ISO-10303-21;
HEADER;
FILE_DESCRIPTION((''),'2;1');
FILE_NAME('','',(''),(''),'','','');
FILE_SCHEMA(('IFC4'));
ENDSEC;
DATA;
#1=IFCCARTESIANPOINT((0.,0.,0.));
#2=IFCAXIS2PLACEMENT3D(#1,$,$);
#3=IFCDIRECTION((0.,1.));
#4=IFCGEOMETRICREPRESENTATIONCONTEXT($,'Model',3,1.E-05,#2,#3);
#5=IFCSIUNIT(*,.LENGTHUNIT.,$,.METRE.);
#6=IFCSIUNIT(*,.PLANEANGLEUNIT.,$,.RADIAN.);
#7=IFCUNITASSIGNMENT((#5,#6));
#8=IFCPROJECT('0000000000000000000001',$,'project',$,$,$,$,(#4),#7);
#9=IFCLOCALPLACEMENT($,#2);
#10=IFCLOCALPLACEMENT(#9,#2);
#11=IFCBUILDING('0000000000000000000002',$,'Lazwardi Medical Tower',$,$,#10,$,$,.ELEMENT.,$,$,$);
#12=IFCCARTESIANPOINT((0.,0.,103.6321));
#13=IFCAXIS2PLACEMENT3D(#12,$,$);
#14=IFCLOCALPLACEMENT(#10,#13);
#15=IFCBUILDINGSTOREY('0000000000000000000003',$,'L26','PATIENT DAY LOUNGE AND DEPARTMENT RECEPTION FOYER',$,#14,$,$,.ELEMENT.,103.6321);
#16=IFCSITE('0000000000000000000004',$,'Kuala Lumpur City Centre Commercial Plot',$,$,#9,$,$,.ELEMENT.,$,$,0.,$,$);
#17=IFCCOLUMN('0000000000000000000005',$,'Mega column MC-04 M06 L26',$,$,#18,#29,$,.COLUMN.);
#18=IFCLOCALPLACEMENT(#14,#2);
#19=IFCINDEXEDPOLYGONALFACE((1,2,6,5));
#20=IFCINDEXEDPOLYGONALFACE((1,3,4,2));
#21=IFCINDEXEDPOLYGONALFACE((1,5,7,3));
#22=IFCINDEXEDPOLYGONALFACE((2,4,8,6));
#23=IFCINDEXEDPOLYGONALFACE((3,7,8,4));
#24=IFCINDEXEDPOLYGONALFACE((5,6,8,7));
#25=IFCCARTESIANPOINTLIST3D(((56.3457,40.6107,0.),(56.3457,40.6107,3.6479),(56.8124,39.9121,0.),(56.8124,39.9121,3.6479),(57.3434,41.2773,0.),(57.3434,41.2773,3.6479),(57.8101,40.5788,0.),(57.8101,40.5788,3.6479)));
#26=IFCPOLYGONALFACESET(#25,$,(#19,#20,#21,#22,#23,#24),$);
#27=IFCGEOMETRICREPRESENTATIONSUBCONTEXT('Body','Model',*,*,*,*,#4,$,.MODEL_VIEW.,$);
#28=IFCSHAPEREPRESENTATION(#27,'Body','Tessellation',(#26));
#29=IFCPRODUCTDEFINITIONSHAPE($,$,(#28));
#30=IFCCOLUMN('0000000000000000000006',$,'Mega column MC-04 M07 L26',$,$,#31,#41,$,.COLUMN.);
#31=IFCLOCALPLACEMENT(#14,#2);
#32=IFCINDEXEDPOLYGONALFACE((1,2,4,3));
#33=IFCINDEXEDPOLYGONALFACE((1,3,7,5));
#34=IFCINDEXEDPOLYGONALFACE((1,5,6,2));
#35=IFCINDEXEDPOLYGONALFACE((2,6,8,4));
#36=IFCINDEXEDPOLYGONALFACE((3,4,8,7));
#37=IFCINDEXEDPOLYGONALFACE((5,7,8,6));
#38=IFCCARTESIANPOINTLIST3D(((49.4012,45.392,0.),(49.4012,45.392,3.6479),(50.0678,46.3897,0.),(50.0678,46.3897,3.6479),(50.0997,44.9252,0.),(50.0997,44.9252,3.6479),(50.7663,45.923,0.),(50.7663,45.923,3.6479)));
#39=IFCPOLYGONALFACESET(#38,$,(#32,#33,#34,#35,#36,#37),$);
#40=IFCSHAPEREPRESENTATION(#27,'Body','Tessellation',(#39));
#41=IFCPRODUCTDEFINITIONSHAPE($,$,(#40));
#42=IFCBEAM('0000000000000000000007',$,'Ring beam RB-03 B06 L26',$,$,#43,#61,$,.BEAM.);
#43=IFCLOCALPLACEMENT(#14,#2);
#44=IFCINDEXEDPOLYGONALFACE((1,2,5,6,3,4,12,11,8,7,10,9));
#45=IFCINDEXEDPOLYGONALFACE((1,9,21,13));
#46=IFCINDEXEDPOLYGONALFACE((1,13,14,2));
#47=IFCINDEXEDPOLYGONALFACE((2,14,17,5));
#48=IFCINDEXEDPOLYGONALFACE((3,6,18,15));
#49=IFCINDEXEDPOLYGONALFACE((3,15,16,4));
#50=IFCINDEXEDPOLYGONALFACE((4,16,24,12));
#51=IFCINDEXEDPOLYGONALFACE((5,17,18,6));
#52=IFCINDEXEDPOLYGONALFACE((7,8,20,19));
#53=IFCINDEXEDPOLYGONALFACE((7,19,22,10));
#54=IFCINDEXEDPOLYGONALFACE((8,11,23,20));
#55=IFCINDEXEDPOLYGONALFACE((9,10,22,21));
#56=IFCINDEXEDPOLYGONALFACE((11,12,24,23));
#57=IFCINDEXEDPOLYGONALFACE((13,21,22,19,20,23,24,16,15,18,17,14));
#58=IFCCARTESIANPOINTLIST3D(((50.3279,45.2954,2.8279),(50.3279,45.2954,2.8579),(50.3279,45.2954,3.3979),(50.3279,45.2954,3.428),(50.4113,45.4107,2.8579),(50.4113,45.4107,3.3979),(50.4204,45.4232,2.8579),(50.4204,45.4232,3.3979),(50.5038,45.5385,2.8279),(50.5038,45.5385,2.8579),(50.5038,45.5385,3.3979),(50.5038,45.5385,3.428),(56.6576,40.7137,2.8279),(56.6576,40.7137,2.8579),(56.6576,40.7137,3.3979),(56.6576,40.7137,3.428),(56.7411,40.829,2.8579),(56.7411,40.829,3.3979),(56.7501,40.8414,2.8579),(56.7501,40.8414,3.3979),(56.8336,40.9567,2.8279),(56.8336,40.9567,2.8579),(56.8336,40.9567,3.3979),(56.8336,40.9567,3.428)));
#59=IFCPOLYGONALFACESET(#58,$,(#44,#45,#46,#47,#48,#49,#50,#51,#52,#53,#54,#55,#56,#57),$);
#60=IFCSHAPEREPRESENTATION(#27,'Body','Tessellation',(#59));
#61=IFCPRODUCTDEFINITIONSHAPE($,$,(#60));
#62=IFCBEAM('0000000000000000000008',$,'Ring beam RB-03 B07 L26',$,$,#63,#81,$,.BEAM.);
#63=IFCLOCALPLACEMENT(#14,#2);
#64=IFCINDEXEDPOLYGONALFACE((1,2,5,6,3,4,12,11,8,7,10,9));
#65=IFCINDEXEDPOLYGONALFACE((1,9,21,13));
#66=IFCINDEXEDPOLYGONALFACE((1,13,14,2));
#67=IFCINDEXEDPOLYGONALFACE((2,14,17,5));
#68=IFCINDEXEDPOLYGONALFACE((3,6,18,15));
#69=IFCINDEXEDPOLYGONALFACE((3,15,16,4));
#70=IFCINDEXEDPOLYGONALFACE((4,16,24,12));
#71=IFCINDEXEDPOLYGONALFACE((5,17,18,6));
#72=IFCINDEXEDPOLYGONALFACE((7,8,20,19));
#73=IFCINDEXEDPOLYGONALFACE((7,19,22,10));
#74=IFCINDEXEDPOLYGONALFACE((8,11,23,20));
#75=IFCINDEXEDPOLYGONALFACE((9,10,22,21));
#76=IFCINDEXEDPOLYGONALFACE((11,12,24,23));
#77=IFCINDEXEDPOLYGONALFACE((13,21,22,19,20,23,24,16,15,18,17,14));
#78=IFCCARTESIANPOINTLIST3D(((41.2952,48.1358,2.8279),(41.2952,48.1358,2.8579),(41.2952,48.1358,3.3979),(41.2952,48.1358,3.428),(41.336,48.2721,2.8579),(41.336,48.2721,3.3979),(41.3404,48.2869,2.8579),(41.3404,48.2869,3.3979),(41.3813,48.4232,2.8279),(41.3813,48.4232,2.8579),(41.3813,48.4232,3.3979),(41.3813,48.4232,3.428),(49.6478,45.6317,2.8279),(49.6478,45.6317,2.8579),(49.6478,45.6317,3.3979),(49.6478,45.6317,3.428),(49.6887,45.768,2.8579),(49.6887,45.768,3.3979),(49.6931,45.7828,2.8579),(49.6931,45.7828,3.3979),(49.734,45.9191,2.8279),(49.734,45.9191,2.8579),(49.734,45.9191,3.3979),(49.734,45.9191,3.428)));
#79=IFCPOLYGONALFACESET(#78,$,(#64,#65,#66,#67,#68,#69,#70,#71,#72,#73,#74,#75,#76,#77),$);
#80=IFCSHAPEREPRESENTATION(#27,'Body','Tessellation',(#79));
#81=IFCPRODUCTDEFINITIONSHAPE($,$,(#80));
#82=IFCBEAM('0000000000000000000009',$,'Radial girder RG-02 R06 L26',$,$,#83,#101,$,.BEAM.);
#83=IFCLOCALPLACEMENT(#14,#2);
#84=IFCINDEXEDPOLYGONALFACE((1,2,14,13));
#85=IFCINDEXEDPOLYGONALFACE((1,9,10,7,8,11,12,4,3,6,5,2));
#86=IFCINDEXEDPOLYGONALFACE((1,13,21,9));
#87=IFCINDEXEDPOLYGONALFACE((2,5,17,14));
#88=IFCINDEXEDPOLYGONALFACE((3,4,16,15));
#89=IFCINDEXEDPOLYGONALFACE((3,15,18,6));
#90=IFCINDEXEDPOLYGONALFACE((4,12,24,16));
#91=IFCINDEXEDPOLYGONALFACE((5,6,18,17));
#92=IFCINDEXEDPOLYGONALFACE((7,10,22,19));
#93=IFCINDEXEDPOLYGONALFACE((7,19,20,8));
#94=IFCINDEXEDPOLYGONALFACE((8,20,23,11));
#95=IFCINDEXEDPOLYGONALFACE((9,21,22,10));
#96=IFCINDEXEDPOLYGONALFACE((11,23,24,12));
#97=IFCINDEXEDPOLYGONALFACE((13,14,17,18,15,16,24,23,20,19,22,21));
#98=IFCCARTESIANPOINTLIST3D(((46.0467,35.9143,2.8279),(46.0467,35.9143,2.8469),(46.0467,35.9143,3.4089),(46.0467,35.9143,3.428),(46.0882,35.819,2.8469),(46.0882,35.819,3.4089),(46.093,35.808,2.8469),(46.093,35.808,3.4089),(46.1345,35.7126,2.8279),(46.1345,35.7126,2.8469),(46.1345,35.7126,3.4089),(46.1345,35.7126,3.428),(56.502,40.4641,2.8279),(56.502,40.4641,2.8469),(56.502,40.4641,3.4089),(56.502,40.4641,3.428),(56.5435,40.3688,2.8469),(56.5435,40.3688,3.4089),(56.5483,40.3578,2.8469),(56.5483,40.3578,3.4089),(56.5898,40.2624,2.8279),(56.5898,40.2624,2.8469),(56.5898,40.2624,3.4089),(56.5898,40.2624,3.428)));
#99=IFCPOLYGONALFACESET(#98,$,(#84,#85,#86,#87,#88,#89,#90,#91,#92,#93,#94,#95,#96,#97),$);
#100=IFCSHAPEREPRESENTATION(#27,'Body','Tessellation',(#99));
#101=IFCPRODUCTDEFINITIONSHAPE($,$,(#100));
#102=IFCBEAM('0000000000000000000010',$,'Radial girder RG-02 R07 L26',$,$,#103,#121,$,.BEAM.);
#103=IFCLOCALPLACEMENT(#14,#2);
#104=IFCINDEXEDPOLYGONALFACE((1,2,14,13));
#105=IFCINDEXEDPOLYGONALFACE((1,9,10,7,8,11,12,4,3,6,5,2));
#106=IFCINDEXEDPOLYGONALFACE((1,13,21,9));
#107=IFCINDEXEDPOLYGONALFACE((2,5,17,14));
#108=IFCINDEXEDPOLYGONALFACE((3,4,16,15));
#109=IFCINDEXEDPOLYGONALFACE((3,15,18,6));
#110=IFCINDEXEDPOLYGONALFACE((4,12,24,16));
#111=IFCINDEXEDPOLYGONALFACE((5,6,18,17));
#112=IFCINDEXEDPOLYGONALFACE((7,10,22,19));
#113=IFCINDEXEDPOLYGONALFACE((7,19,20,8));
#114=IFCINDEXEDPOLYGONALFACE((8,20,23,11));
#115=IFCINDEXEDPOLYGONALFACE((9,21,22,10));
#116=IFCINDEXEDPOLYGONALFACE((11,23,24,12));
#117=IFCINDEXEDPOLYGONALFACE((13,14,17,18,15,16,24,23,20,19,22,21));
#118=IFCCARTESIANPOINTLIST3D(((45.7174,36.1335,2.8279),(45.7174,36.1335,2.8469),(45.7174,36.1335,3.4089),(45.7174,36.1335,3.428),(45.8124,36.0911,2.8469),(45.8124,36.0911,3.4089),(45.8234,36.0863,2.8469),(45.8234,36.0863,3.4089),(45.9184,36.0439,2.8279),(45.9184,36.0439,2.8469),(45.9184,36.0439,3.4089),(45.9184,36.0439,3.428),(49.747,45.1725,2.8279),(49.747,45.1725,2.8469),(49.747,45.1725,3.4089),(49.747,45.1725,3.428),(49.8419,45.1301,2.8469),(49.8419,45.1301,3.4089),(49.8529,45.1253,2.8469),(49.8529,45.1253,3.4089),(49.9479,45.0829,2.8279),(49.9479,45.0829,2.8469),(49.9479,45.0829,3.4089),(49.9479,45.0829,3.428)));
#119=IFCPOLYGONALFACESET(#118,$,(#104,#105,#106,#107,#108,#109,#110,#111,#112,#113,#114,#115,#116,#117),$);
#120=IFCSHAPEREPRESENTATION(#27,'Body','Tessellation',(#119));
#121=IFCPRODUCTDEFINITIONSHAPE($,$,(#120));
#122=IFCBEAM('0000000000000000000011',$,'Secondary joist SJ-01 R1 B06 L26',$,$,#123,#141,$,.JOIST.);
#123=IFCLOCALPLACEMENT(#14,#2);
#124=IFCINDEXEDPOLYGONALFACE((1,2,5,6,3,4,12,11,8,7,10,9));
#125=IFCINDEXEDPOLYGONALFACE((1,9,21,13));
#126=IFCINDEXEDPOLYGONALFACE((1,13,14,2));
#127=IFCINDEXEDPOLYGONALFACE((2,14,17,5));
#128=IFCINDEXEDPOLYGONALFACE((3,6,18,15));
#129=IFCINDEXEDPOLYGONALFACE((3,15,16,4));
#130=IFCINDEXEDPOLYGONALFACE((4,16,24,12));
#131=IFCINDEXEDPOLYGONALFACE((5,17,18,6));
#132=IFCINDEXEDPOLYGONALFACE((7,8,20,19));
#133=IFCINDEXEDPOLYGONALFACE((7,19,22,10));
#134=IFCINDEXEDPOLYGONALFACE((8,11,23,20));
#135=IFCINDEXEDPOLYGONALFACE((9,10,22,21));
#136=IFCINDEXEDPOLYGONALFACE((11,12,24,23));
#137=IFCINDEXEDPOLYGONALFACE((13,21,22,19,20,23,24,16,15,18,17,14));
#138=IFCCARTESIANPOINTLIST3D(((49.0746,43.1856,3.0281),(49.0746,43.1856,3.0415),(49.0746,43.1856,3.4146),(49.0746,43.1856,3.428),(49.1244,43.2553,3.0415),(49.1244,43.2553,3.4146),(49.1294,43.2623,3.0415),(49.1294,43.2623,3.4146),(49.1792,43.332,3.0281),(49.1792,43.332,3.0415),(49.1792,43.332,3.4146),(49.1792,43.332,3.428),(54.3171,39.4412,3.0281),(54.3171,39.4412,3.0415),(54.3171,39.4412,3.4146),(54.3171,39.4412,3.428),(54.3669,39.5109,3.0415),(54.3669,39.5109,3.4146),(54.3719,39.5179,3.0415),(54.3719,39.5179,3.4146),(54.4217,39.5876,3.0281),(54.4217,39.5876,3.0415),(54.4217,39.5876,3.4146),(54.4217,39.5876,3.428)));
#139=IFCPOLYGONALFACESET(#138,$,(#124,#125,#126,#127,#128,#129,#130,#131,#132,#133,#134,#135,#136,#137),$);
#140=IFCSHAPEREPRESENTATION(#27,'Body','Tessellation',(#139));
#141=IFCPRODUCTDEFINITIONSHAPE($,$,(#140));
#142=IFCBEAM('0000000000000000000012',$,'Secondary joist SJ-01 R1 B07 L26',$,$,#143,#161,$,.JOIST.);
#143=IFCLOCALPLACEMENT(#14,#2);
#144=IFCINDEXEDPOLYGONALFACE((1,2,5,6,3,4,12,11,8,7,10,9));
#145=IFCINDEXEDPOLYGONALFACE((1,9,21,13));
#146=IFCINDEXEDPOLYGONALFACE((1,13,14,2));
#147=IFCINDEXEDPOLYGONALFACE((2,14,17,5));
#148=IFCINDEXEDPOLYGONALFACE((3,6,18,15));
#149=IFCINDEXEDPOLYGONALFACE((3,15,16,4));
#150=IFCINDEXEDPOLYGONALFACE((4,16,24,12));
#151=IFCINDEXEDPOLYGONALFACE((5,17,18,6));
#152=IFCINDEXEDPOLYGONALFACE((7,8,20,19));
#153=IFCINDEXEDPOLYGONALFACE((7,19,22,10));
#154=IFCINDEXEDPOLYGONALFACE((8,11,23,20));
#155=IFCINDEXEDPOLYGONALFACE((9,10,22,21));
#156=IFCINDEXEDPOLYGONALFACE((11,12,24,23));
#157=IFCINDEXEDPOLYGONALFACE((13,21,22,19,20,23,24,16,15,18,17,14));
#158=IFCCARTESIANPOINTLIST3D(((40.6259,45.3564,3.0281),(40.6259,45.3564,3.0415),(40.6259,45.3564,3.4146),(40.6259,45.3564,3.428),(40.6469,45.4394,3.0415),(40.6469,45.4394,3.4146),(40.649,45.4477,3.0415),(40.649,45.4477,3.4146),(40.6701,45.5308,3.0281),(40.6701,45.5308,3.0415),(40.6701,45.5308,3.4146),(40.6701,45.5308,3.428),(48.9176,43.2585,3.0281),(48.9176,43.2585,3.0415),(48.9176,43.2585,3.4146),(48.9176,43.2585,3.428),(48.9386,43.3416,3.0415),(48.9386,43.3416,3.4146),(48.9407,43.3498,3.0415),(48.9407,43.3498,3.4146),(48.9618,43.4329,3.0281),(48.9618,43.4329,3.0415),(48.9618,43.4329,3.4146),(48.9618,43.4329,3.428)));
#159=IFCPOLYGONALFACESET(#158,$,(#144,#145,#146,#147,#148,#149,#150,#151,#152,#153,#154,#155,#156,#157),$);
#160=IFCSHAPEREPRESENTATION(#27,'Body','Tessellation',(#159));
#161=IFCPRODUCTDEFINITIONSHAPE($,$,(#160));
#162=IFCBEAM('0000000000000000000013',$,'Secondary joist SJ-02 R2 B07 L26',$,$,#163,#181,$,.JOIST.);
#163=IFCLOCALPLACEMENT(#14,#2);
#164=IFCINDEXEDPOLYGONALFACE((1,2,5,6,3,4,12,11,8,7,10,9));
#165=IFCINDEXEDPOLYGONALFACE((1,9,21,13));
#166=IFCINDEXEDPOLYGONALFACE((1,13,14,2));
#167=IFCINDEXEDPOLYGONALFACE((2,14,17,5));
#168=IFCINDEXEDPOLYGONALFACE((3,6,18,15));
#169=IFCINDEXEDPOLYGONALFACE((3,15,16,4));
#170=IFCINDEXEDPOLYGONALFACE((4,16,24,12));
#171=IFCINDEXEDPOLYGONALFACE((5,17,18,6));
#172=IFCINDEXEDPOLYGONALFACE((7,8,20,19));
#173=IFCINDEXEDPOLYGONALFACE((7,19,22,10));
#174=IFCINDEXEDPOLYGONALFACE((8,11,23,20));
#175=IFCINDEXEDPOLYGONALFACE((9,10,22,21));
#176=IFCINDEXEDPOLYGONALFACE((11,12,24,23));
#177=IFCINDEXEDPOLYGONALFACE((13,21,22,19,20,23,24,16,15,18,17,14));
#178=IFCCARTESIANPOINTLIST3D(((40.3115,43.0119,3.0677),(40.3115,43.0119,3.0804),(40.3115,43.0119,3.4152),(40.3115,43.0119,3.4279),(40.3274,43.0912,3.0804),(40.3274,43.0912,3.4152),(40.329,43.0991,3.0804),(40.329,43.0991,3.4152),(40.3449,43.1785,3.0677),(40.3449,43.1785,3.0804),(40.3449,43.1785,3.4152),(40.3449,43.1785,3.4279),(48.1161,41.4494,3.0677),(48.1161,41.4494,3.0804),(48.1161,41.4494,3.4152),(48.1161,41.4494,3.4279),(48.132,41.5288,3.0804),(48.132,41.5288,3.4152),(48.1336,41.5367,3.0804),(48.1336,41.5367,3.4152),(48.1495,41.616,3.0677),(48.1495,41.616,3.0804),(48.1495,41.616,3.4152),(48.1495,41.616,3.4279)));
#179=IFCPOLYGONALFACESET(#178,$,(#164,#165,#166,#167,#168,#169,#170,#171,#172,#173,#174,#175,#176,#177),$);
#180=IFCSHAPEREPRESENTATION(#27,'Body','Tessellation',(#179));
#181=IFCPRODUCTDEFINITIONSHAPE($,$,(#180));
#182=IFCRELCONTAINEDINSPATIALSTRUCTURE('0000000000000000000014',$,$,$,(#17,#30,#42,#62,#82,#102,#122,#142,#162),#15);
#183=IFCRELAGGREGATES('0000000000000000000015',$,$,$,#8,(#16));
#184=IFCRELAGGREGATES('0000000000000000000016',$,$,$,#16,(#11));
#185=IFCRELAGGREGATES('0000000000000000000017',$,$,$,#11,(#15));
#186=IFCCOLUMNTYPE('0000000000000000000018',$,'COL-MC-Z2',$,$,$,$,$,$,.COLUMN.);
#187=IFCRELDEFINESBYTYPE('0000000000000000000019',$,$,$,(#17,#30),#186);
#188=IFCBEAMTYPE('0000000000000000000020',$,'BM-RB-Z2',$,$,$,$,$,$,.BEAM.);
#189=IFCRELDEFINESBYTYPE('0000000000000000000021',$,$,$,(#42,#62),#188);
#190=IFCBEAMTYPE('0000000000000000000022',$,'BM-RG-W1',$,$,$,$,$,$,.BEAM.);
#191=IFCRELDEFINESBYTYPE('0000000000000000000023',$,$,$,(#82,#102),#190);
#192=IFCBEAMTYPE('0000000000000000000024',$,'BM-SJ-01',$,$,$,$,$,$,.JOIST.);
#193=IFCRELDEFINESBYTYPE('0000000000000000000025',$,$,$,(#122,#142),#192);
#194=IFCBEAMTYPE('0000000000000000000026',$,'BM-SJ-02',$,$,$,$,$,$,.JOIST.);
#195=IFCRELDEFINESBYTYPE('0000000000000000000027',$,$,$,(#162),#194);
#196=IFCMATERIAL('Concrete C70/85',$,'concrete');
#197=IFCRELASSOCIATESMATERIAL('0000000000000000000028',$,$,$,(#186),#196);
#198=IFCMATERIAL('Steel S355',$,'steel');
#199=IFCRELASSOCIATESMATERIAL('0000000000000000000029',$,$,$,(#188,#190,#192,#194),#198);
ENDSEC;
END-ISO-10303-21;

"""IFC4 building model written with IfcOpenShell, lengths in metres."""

from ifc_helpers import new_model, si_unit, direction, frame, origin, origin_2d, place, context, subcontext, project, spatial, rectangle, i_section, extrude, material, material_profile, profile_set, type_object, element, save


model = new_model("IFC4")

# Units and contexts
model_context = context("Model", 3, precision=1e-05, world=origin(), true_north=direction((0.0, 1.0)))
body_context = subcontext(model_context, "Body", "Model", "MODEL_VIEW")
ifc_project = project(units=[si_unit("LENGTHUNIT", "METRE"), si_unit("PLANEANGLEUNIT", "RADIAN")], contexts=[model_context])

# Site, building, storey
site_placement = place(None, origin())
site = spatial("IfcSite", under=ifc_project, at=site_placement, Name="Kuala Lumpur City Centre Commercial Plot", CompositionType="ELEMENT", RefElevation=0.0)
building_placement = place(site_placement, origin())
building = spatial("IfcBuilding", under=site, at=building_placement, Name="Lazwardi Medical Tower", CompositionType="ELEMENT")
storey_placement = place(building_placement, frame((0.0, 0.0, 103.6321)))
storey = spatial("IfcBuildingStorey", under=building, at=storey_placement, Name="L26", Description="PATIENT DAY LOUNGE AND DEPARTMENT RECEPTION FOYER", CompositionType="ELEMENT", Elevation=103.6321)

# Columns
ifc_material_1 = material(Name="Concrete C70/85", Category="concrete")
ifc_material_profile_1 = material_profile(ifc_material_1, rectangle(XDim=1.2, YDim=0.8401, at=origin_2d()), Name="CFT-RECT 1200x840")
ifc_profile_set_1 = profile_set([ifc_material_profile_1], Name="Concrete C70/85")
column_type = type_object("IfcColumnType", Name="COL-MC-Z2", PredefinedType="COLUMN", material=ifc_profile_set_1)
for number, where, z_axis, x_axis, name in (
    (1, (57.0779, 40.5947, 0.0), (0.0, 0.0, 1.0), (0.83147, 0.55557, 0.0), "Mega column MC-04 M06 L26"),
    (2, (50.0837, 45.6575, 0.0), (0.0, 0.0, 1.0), (0.55557, 0.83147, 0.0), "Mega column MC-04 M07 L26"),
):
    element("IfcColumn", number, at=place(storey_placement, frame(where, z_axis=z_axis, x_axis=x_axis)), inside=storey, type_object=column_type, Name=name, PredefinedType="COLUMN", context=body_context, shape_type="SweptSolid", body=[
        extrude(rectangle(XDim=1.2, YDim=0.8401, at=origin_2d()), origin(), (0.0, 0.0, 1.0), 3.6479),
    ])

# Beams
ifc_material_2 = material(Name="Steel S355", Category="steel")
ifc_material_profile_2 = material_profile(ifc_material_2, i_section(OverallWidth=0.3, OverallDepth=0.6001, WebThickness=0.0154, FlangeThickness=0.03, at=origin_2d()), Name="HEB 600")
ifc_profile_set_2 = profile_set([ifc_material_profile_2], Name="Steel S355")
beam_type_1 = type_object("IfcBeamType", Name="BM-RB-Z2", PredefinedType="BEAM", material=ifc_profile_set_2)
beam_1_placement = place(storey_placement, frame((56.7456, 40.8352, 3.1279), z_axis=(-0.810057, 0.586351, 0.0), x_axis=(-0.586351, -0.810057, 0.0)))
element("IfcBeam", 3, at=beam_1_placement, inside=storey, type_object=beam_type_1, Name="Ring beam RB-03 B06 L26", PredefinedType="BEAM", context=body_context, shape_type="SweptSolid", body=[
    extrude(i_section(OverallWidth=0.3, OverallDepth=0.6001, WebThickness=0.0154, FlangeThickness=0.03, at=origin_2d()), origin(), (0.0, 0.0, 1.0), 7.814),
])
beam_2_placement = place(storey_placement, frame((49.6909, 45.7754, 3.1279), z_axis=(-0.957879, 0.287171, 0.0), x_axis=(-0.287171, -0.957879, 0.0)))
element("IfcBeam", 4, at=beam_2_placement, inside=storey, type_object=beam_type_1, Name="Ring beam RB-03 B07 L26", PredefinedType="BEAM", context=body_context, shape_type="SweptSolid", body=[
    extrude(i_section(OverallWidth=0.3, OverallDepth=0.6001, WebThickness=0.0154, FlangeThickness=0.03, at=origin_2d()), origin(), (0.0, 0.0, 1.0), 8.72),
])
ifc_material_profile_3 = material_profile(ifc_material_2, i_section(OverallWidth=0.22, OverallDepth=0.6001, WebThickness=0.012, FlangeThickness=0.019, at=origin_2d()), Name="IPE 600")
ifc_profile_set_3 = profile_set([ifc_material_profile_3], Name="Steel S355")
beam_type_2 = type_object("IfcBeamType", Name="BM-RG-W1", PredefinedType="BEAM", material=ifc_profile_set_3)
beam_3_placement = place(storey_placement, frame((56.5459, 40.3633, 3.1279), z_axis=(-0.916941, -0.399022, 0.0), x_axis=(0.399022, -0.916941, 0.0)))
element("IfcBeam", 5, at=beam_3_placement, inside=storey, type_object=beam_type_2, Name="Radial girder RG-02 R06 L26", PredefinedType="BEAM", context=body_context, shape_type="SweptSolid", body=[
    extrude(i_section(OverallWidth=0.22, OverallDepth=0.6001, WebThickness=0.012, FlangeThickness=0.019, at=origin_2d()), origin(), (0.0, 0.0, 1.0), 11.4023),
])
beam_4_placement = place(storey_placement, frame((49.8474, 45.1277, 3.1279), z_axis=(-0.407166, -0.913354, 0.0), x_axis=(0.913354, -0.407166, 0.0)))
element("IfcBeam", 6, at=beam_4_placement, inside=storey, type_object=beam_type_2, Name="Radial girder RG-02 R07 L26", PredefinedType="BEAM", context=body_context, shape_type="SweptSolid", body=[
    extrude(i_section(OverallWidth=0.22, OverallDepth=0.6001, WebThickness=0.012, FlangeThickness=0.019, at=origin_2d()), origin(), (0.0, 0.0, 1.0), 9.8965),
])
ifc_material_profile_4 = material_profile(ifc_material_2, i_section(OverallWidth=0.1799, OverallDepth=0.3999, WebThickness=0.0085, FlangeThickness=0.0134, at=origin_2d()), Name="IPE 400")
ifc_profile_set_4 = profile_set([ifc_material_profile_4], Name="Steel S355")
beam_type_3 = type_object("IfcBeamType", Name="BM-SJ-01", PredefinedType="JOIST", material=ifc_profile_set_4)
beam_5_placement = place(storey_placement, frame((54.3694, 39.5144, 3.228), z_axis=(-0.813749, 0.581217, 0.0), x_axis=(-0.581217, -0.813749, 0.0)))
element("IfcBeam", 7, at=beam_5_placement, inside=storey, type_object=beam_type_3, Name="Secondary joist SJ-01 R1 B06 L26", PredefinedType="JOIST", context=body_context, shape_type="SweptSolid", body=[
    extrude(i_section(OverallWidth=0.1799, OverallDepth=0.3999, WebThickness=0.0085, FlangeThickness=0.0134, at=origin_2d()), origin(), (0.0, 0.0, 1.0), 6.4424),
])
beam_6_placement = place(storey_placement, frame((48.9397, 43.3457, 3.228), z_axis=(-0.969452, 0.245282, 0.0), x_axis=(-0.245282, -0.969452, 0.0)))
element("IfcBeam", 8, at=beam_6_placement, inside=storey, type_object=beam_type_3, Name="Secondary joist SJ-01 R1 B07 L26", PredefinedType="JOIST", context=body_context, shape_type="SweptSolid", body=[
    extrude(i_section(OverallWidth=0.1799, OverallDepth=0.3999, WebThickness=0.0085, FlangeThickness=0.0134, at=origin_2d()), origin(), (0.0, 0.0, 1.0), 8.553),
])
ifc_material_profile_5 = material_profile(ifc_material_2, i_section(OverallWidth=0.1699, OverallDepth=0.3601, WebThickness=0.0081, FlangeThickness=0.0127, at=origin_2d()), Name="IPE 360")
ifc_profile_set_5 = profile_set([ifc_material_profile_5], Name="Steel S355")
beam_type_4 = type_object("IfcBeamType", Name="BM-SJ-02", PredefinedType="JOIST", material=ifc_profile_set_5)
beam_7_placement = place(storey_placement, frame((48.1328, 41.5327, 3.2478), z_axis=(-0.980543, 0.196305, 0.0), x_axis=(-0.196305, -0.980543, 0.0)))
element("IfcBeam", 9, at=beam_7_placement, inside=storey, type_object=beam_type_4, Name="Secondary joist SJ-02 R2 B07 L26", PredefinedType="JOIST", context=body_context, shape_type="SweptSolid", body=[
    extrude(i_section(OverallWidth=0.1699, OverallDepth=0.3601, WebThickness=0.0081, FlangeThickness=0.0127, at=origin_2d()), origin(), (0.0, 0.0, 1.0), 7.9595),
])

save(model, "model.ifc")
